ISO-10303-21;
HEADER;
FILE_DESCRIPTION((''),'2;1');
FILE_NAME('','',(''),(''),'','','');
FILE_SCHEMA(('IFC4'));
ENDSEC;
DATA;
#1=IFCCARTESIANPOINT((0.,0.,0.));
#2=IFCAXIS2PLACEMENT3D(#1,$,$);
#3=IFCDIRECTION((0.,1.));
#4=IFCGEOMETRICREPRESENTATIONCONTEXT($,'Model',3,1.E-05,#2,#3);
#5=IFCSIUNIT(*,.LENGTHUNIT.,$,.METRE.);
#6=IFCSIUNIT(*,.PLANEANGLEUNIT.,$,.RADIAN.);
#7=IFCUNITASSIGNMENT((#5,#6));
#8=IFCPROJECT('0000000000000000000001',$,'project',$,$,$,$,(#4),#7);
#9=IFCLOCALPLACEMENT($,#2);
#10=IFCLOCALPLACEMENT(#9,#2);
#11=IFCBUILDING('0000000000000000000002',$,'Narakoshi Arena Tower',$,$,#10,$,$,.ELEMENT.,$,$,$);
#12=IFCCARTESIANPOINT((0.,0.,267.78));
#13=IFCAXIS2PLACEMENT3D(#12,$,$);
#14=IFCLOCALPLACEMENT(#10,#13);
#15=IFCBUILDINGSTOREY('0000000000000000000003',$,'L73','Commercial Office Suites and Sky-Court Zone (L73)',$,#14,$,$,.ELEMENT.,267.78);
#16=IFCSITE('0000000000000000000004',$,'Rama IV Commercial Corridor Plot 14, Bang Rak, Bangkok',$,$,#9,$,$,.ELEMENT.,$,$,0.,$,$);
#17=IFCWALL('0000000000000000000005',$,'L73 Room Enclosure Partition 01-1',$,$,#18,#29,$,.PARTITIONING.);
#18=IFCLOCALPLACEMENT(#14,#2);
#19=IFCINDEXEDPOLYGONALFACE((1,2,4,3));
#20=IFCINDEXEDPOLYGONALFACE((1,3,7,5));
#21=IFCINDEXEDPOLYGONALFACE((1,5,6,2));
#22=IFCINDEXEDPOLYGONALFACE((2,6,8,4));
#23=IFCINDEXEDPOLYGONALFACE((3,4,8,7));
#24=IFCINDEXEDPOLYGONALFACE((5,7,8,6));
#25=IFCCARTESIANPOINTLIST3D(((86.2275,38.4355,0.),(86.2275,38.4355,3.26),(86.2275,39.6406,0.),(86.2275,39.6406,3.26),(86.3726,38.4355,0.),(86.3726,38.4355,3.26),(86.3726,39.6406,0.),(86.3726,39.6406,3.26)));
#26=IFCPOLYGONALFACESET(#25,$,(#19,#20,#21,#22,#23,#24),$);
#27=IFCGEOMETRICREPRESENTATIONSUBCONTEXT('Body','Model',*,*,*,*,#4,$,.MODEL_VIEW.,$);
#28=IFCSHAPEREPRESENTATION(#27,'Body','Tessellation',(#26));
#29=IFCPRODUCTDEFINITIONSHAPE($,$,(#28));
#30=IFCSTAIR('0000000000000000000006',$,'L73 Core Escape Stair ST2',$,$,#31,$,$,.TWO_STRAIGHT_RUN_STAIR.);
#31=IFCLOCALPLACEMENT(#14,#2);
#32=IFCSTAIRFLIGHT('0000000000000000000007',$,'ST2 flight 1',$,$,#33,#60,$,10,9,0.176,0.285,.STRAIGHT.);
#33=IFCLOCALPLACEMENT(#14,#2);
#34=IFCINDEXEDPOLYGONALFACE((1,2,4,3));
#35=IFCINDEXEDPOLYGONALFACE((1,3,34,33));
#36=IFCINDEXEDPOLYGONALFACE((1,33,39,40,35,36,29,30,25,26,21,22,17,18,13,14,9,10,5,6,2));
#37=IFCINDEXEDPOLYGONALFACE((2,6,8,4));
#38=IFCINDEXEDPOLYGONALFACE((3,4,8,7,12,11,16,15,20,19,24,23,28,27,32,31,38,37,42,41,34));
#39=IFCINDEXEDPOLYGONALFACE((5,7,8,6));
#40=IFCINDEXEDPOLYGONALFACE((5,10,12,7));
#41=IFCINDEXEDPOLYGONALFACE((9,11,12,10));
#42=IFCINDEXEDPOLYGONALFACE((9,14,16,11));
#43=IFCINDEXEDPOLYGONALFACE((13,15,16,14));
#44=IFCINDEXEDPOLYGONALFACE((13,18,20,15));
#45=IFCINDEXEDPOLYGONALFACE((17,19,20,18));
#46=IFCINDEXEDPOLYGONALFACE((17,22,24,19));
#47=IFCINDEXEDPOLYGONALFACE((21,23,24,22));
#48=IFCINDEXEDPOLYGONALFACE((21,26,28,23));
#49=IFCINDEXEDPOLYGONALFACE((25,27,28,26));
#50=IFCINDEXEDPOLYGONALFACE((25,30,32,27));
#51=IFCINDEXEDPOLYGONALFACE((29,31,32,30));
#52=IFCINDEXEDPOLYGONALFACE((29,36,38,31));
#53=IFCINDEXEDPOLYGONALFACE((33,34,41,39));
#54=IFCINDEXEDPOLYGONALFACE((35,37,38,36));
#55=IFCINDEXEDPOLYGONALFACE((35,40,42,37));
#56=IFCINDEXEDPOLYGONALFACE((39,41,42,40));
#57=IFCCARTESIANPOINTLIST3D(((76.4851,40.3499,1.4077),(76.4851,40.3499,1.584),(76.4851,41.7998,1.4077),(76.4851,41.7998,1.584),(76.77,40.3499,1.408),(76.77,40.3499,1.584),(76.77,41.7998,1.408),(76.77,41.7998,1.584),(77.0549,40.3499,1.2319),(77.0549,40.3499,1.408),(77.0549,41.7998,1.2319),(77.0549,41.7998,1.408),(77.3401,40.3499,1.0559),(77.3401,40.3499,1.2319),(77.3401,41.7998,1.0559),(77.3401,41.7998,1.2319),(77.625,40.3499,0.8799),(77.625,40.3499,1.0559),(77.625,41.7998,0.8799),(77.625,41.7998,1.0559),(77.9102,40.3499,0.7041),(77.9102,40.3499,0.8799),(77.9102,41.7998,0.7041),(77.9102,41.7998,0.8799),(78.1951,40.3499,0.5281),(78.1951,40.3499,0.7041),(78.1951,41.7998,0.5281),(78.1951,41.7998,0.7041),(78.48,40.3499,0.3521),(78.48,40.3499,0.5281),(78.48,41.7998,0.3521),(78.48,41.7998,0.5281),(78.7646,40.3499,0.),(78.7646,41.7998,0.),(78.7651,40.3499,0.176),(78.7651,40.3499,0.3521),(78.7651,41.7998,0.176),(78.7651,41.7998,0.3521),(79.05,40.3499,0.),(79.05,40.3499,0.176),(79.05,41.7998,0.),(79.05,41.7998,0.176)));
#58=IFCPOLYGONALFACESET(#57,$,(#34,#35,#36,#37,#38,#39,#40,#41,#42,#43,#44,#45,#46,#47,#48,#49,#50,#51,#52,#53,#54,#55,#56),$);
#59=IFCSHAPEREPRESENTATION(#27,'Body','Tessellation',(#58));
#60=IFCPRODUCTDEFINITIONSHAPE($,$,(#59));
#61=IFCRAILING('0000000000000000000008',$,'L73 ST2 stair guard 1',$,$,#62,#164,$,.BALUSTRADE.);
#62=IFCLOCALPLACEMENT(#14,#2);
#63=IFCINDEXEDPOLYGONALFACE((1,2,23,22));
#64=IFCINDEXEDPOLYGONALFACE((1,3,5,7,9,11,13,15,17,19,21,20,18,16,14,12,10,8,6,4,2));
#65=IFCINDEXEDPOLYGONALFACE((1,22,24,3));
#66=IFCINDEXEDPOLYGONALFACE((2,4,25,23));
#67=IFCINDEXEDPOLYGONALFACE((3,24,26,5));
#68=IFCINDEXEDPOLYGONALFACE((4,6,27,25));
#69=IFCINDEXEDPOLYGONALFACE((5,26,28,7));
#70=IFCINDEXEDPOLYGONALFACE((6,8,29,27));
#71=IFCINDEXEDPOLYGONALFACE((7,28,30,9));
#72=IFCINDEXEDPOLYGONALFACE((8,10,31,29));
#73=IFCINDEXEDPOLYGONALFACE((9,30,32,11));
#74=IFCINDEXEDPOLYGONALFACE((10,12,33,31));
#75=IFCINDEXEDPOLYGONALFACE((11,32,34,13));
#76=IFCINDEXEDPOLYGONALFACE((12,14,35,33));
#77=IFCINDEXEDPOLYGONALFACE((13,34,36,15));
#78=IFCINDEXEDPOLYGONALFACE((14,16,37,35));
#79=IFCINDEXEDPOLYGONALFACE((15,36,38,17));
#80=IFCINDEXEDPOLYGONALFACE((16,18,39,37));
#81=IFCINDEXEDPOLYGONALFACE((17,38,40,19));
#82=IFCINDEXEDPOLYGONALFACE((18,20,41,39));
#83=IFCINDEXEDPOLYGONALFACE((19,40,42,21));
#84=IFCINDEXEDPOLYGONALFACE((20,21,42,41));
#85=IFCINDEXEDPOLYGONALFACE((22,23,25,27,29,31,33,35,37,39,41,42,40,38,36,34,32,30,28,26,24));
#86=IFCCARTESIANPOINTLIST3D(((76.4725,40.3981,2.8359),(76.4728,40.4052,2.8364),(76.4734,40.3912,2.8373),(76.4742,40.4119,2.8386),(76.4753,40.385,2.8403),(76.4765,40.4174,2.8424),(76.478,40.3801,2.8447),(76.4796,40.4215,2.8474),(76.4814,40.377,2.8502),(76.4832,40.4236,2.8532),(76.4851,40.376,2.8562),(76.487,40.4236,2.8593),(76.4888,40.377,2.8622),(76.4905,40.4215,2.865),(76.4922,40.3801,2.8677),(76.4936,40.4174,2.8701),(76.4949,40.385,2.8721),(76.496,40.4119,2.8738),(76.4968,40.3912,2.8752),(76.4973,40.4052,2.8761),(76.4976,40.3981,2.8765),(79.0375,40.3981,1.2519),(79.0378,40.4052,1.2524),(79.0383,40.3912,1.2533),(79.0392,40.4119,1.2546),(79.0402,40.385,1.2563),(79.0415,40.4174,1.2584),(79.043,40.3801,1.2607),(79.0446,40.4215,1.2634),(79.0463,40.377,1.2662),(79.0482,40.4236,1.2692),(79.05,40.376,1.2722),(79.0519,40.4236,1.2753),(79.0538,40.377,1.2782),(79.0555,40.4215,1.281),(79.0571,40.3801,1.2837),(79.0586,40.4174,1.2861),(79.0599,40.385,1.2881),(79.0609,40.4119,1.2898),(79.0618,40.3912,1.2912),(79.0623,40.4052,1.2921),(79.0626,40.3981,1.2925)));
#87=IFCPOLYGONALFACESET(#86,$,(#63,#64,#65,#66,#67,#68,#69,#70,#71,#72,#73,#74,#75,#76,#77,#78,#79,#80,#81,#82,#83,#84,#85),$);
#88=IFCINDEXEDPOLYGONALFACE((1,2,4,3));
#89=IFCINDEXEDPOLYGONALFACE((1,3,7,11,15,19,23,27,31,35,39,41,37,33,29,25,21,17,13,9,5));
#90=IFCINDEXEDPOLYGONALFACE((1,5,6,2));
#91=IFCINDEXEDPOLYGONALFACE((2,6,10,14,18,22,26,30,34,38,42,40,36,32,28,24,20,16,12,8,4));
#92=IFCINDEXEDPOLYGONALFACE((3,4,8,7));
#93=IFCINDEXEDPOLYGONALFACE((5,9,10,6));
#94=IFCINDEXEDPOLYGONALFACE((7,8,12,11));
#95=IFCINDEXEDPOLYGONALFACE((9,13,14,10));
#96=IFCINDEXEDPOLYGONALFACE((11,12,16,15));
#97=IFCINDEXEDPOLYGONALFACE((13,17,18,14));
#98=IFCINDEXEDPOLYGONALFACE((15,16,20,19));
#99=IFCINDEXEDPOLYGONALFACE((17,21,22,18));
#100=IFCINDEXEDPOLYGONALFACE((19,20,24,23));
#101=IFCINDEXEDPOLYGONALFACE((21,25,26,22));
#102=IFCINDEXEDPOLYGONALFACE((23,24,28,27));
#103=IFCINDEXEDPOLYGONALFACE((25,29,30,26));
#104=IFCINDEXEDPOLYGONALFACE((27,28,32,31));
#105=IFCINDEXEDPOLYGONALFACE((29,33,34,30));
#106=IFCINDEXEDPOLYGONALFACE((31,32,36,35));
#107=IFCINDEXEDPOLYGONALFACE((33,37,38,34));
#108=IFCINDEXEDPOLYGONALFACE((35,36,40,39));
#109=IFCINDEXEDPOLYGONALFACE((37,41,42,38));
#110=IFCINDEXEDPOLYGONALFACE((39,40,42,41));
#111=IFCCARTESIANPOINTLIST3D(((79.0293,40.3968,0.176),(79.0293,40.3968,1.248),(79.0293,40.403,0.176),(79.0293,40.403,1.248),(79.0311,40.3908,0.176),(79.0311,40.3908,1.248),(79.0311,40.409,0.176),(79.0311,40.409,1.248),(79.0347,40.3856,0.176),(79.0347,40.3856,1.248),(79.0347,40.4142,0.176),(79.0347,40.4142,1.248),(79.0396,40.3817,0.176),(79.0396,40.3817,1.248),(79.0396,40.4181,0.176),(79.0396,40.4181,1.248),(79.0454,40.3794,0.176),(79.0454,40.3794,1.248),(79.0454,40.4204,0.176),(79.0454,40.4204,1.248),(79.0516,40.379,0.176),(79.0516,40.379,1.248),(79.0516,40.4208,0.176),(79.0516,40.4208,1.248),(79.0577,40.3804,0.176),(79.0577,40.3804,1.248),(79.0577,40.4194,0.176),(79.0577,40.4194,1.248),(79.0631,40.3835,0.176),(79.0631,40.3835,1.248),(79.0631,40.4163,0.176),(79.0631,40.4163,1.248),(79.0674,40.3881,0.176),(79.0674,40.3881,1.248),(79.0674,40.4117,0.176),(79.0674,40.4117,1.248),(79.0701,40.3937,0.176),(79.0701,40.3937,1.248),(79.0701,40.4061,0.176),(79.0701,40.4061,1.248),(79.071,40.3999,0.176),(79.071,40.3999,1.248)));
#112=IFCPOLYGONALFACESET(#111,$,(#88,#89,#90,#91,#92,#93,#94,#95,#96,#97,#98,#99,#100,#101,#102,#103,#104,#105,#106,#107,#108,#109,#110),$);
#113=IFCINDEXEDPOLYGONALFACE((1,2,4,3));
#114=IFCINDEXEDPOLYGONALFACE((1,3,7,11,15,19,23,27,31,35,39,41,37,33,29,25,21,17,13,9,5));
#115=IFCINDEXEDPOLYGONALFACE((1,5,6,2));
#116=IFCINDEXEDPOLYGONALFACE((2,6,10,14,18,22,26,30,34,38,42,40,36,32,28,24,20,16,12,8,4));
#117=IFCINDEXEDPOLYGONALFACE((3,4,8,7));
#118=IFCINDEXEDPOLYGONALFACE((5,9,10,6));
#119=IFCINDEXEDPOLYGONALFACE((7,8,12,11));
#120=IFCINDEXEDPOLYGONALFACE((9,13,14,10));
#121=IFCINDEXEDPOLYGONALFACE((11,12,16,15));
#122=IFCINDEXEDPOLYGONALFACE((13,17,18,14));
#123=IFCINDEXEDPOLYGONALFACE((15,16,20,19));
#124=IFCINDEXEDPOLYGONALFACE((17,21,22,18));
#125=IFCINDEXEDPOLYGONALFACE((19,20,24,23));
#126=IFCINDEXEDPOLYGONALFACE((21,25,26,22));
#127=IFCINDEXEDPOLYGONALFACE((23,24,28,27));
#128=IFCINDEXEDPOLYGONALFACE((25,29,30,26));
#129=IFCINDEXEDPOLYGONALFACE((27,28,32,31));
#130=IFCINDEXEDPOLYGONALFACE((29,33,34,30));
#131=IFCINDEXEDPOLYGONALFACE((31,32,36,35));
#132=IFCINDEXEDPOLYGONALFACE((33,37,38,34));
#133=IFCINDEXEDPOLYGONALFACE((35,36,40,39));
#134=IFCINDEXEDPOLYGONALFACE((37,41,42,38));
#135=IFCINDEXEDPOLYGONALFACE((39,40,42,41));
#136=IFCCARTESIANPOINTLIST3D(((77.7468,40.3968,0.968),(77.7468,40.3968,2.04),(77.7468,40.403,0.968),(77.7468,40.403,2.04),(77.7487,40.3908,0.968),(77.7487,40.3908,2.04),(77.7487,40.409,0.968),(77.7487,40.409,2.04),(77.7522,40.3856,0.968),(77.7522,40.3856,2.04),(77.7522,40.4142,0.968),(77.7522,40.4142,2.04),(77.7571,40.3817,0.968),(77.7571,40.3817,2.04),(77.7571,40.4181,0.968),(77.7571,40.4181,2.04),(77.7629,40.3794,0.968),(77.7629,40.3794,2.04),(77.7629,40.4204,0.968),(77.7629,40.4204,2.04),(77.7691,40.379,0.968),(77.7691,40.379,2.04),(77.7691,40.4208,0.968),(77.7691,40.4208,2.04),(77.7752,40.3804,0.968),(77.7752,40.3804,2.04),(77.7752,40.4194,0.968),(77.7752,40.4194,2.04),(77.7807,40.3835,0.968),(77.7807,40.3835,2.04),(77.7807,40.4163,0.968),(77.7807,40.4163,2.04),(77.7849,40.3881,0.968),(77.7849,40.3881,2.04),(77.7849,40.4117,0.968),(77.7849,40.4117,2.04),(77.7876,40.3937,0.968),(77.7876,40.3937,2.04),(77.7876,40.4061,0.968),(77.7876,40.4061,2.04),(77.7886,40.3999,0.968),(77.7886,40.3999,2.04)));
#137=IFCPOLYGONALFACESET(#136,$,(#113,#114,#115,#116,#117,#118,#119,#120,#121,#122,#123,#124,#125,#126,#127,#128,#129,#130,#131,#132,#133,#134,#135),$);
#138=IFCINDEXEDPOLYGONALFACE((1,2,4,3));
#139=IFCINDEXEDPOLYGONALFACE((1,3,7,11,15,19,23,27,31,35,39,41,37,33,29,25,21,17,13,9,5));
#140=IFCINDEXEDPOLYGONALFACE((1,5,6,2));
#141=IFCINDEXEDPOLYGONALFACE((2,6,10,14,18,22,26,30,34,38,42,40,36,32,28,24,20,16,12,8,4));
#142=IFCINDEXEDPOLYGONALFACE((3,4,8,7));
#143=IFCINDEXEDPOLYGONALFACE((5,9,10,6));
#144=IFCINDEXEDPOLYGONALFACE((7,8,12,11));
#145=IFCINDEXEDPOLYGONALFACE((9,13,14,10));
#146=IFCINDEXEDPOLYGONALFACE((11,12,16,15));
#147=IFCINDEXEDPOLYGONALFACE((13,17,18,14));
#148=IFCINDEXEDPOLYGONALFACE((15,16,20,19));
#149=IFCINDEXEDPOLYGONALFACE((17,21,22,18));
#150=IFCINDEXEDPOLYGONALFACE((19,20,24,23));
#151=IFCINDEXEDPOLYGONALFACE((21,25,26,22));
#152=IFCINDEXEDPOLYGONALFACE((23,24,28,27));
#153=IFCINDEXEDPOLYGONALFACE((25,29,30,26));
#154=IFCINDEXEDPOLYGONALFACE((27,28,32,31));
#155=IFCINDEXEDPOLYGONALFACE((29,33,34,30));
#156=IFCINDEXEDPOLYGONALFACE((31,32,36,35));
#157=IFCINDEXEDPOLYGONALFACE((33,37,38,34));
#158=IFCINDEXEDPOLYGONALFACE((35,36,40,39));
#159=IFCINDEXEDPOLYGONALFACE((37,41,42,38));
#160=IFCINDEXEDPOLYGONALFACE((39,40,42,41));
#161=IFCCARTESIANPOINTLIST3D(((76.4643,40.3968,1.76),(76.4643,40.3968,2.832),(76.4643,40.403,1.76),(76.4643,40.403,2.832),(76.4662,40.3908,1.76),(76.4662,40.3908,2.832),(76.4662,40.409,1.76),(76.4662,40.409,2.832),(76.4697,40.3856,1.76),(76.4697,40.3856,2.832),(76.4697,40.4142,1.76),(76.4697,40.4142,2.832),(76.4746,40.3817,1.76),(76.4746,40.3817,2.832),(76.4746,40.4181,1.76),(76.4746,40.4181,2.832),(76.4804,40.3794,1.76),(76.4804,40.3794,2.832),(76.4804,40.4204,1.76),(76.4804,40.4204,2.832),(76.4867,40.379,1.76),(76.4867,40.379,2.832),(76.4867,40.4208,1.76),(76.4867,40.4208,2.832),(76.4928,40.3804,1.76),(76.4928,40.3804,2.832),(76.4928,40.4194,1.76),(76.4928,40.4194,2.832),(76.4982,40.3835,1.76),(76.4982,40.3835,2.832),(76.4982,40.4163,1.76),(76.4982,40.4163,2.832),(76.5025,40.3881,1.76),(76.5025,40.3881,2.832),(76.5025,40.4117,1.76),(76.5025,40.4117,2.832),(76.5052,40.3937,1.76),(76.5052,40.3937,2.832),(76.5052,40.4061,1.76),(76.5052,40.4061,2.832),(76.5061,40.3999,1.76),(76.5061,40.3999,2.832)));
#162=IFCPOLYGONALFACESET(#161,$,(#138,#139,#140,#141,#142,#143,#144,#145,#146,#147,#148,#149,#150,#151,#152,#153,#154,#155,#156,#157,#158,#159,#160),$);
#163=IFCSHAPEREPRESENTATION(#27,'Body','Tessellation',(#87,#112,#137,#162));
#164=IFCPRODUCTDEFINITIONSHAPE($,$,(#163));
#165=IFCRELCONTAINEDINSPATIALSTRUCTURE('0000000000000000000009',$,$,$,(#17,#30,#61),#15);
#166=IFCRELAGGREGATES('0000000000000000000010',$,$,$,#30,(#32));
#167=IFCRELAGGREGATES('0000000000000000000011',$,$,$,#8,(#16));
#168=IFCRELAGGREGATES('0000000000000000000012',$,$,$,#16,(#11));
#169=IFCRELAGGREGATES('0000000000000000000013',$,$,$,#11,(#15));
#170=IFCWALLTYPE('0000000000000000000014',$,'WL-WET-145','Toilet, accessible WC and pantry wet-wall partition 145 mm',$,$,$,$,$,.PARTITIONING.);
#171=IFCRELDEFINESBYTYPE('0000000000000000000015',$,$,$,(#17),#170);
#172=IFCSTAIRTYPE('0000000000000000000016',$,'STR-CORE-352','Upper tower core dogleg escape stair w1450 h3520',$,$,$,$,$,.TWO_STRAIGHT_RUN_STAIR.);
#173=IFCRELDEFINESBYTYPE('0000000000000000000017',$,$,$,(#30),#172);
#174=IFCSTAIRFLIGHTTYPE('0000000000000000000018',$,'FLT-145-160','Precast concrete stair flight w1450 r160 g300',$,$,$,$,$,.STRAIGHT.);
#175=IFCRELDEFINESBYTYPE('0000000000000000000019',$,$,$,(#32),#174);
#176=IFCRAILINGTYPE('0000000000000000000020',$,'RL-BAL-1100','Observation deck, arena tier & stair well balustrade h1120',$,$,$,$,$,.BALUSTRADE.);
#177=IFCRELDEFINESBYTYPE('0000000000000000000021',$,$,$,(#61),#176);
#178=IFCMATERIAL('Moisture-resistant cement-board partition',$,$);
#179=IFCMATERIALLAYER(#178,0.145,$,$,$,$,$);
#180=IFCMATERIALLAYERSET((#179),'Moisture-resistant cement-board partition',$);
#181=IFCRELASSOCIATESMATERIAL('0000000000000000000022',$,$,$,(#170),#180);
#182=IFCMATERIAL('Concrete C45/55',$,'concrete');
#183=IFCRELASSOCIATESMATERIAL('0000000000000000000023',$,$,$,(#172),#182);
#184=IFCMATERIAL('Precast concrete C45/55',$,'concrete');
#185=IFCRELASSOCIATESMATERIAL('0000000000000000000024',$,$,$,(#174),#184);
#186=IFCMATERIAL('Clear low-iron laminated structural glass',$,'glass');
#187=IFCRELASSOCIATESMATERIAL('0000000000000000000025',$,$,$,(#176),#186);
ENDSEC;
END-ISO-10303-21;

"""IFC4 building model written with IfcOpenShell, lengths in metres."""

from ifc_helpers import new_model, si_unit, direction, frame, frame_2d, origin, origin_2d, place, context, subcontext, project, spatial, polyline, rectangle, circle, outline, extrude, material, layer, layer_set, type_object, element, aggregate, save


model = new_model("IFC4")

# Units and contexts
model_context = context("Model", 3, precision=1e-05, world=origin(), true_north=direction((0.0, 1.0)))
body_context = subcontext(model_context, "Body", "Model", "MODEL_VIEW")
ifc_project = project(units=[si_unit("LENGTHUNIT", "METRE"), si_unit("PLANEANGLEUNIT", "RADIAN")], contexts=[model_context])

# Site, building, storey
site_placement = place(None, origin())
site = spatial("IfcSite", under=ifc_project, at=site_placement, Name="Rama IV Commercial Corridor Plot 14, Bang Rak, Bangkok", CompositionType="ELEMENT", RefElevation=0.0)
building_placement = place(site_placement, origin())
building = spatial("IfcBuilding", under=site, at=building_placement, Name="Narakoshi Arena Tower", CompositionType="ELEMENT")
storey_placement = place(building_placement, frame((0.0, 0.0, 267.78)))
storey = spatial("IfcBuildingStorey", under=building, at=storey_placement, Name="L73", Description="Commercial Office Suites and Sky-Court Zone (L73)", CompositionType="ELEMENT", Elevation=267.78)

# Shared definitions
ifc_material_1 = material(Name="Precast concrete C45/55", Category="concrete")

# Shared definitions
ifc_material_2 = material(Name="Moisture-resistant cement-board partition")
ifc_layer_1 = layer(ifc_material_2, 0.145)
ifc_layer_set_1 = layer_set([ifc_layer_1], Name="Moisture-resistant cement-board partition")
wall_type_1 = type_object("IfcWallType", Name="WL-WET-145", Description="Toilet, accessible WC and pantry wet-wall partition 145 mm", PredefinedType="PARTITIONING", material=ifc_layer_set_1)

# Wall
wall_1_placement = place(storey_placement, frame((86.3, 38.4355, 0.0), z_axis=(0.0, 0.0, 1.0), x_axis=(0.0, 1.0, 0.0)))
element("IfcWall", 1, at=wall_1_placement, inside=storey, type_object=wall_type_1, Name="L73 Room Enclosure Partition 01-1", PredefinedType="PARTITIONING", context=body_context, shape_type="SweptSolid", body=[
    extrude(rectangle(XDim=1.2051, YDim=0.145, at=frame_2d((0.6025, 0.0))), origin(), (0.0, 0.0, 1.0), 3.26),
])

# Stair, stair flight
ifc_material_3 = material(Name="Concrete C45/55", Category="concrete")
stair_type = type_object("IfcStairType", Name="STR-CORE-352", Description="Upper tower core dogleg escape stair w1450 h3520", PredefinedType="TWO_STRAIGHT_RUN_STAIR", material=ifc_material_3)
stair_placement = place(storey_placement, origin())
stair = element("IfcStair", 2, at=stair_placement, inside=storey, type_object=stair_type, Name="L73 Core Escape Stair ST2", PredefinedType="TWO_STRAIGHT_RUN_STAIR")
stair_flight_type = type_object("IfcStairFlightType", Name="FLT-145-160", Description="Precast concrete stair flight w1450 r160 g300", PredefinedType="STRAIGHT", material=ifc_material_1)
stair_flight_placement = place(storey_placement, frame((79.05, 41.075, 0.0), z_axis=(0.0, 0.0, 1.0), x_axis=(-1.0, 0.0, 0.0)))
stair_flight = element("IfcStairFlight", 3, at=stair_flight_placement, type_object=stair_flight_type, Name="ST2 flight 1", NumberOfRisers=10, NumberOfTreads=9, PredefinedType="STRAIGHT", RiserHeight=0.176, TreadLength=0.285, context=body_context, shape_type="SweptSolid", body=[
    extrude(outline(polyline([(0.0, 0.0), (0.0, 0.176), (0.2849, 0.176), (0.2849, 0.3521), (0.5701, 0.3521), (0.5701, 0.5281), (0.855, 0.5281), (0.855, 0.7041), (1.1399, 0.7041), (1.1399, 0.8799), (1.425, 0.8799), (1.425, 1.0559), (1.71, 1.0559), (1.71, 1.2319), (1.9951, 1.2319), (1.9951, 1.408), (2.28, 1.408), (2.28, 1.584), (2.5649, 1.584), (2.5649, 1.76), (2.5649, 1.4077), (0.2854, 0.0), (0.0, 0.0)])), frame((0.0, 0.7251, 0.0), z_axis=(0.0, -1.0, 0.0), x_axis=(1.0, 0.0, 0.0)), (0.0, 0.0, 1.0), 1.45),
])
aggregate(stair, [stair_flight])

# Railing
ifc_material_4 = material(Name="Clear low-iron laminated structural glass", Category="glass")
railing_type_1 = type_object("IfcRailingType", Name="RL-BAL-1100", Description="Observation deck, arena tier & stair well balustrade h1120", PredefinedType="BALUSTRADE", material=ifc_material_4)
railing_1_placement = place(storey_placement, frame((79.05, 40.3999, 0.176)))
element("IfcRailing", 4, at=railing_1_placement, inside=storey, type_object=railing_type_1, Name="L73 ST2 stair guard 1", PredefinedType="BALUSTRADE", context=body_context, shape_type="SweptSolid", body=[
    extrude(circle(Radius=0.0239, at=origin_2d()), frame((0.0, 0.0, 1.0962), z_axis=(-0.850834, 0.0, 0.525434), x_axis=(0.0, -1.0, 0.0)), (0.0, 0.0, 1.0), 3.0146),
    extrude(circle(Radius=0.021, at=origin_2d()), origin(), (0.0, 0.0, 1.0), 1.072),
    extrude(circle(Radius=0.021, at=origin_2d()), frame((-1.2825, 0.0, 0.792)), (0.0, 0.0, 1.0), 1.072),
    extrude(circle(Radius=0.021, at=origin_2d()), frame((-2.5649, 0.0, 1.584)), (0.0, 0.0, 1.0), 1.072),
])

save(model, "model.ifc")
